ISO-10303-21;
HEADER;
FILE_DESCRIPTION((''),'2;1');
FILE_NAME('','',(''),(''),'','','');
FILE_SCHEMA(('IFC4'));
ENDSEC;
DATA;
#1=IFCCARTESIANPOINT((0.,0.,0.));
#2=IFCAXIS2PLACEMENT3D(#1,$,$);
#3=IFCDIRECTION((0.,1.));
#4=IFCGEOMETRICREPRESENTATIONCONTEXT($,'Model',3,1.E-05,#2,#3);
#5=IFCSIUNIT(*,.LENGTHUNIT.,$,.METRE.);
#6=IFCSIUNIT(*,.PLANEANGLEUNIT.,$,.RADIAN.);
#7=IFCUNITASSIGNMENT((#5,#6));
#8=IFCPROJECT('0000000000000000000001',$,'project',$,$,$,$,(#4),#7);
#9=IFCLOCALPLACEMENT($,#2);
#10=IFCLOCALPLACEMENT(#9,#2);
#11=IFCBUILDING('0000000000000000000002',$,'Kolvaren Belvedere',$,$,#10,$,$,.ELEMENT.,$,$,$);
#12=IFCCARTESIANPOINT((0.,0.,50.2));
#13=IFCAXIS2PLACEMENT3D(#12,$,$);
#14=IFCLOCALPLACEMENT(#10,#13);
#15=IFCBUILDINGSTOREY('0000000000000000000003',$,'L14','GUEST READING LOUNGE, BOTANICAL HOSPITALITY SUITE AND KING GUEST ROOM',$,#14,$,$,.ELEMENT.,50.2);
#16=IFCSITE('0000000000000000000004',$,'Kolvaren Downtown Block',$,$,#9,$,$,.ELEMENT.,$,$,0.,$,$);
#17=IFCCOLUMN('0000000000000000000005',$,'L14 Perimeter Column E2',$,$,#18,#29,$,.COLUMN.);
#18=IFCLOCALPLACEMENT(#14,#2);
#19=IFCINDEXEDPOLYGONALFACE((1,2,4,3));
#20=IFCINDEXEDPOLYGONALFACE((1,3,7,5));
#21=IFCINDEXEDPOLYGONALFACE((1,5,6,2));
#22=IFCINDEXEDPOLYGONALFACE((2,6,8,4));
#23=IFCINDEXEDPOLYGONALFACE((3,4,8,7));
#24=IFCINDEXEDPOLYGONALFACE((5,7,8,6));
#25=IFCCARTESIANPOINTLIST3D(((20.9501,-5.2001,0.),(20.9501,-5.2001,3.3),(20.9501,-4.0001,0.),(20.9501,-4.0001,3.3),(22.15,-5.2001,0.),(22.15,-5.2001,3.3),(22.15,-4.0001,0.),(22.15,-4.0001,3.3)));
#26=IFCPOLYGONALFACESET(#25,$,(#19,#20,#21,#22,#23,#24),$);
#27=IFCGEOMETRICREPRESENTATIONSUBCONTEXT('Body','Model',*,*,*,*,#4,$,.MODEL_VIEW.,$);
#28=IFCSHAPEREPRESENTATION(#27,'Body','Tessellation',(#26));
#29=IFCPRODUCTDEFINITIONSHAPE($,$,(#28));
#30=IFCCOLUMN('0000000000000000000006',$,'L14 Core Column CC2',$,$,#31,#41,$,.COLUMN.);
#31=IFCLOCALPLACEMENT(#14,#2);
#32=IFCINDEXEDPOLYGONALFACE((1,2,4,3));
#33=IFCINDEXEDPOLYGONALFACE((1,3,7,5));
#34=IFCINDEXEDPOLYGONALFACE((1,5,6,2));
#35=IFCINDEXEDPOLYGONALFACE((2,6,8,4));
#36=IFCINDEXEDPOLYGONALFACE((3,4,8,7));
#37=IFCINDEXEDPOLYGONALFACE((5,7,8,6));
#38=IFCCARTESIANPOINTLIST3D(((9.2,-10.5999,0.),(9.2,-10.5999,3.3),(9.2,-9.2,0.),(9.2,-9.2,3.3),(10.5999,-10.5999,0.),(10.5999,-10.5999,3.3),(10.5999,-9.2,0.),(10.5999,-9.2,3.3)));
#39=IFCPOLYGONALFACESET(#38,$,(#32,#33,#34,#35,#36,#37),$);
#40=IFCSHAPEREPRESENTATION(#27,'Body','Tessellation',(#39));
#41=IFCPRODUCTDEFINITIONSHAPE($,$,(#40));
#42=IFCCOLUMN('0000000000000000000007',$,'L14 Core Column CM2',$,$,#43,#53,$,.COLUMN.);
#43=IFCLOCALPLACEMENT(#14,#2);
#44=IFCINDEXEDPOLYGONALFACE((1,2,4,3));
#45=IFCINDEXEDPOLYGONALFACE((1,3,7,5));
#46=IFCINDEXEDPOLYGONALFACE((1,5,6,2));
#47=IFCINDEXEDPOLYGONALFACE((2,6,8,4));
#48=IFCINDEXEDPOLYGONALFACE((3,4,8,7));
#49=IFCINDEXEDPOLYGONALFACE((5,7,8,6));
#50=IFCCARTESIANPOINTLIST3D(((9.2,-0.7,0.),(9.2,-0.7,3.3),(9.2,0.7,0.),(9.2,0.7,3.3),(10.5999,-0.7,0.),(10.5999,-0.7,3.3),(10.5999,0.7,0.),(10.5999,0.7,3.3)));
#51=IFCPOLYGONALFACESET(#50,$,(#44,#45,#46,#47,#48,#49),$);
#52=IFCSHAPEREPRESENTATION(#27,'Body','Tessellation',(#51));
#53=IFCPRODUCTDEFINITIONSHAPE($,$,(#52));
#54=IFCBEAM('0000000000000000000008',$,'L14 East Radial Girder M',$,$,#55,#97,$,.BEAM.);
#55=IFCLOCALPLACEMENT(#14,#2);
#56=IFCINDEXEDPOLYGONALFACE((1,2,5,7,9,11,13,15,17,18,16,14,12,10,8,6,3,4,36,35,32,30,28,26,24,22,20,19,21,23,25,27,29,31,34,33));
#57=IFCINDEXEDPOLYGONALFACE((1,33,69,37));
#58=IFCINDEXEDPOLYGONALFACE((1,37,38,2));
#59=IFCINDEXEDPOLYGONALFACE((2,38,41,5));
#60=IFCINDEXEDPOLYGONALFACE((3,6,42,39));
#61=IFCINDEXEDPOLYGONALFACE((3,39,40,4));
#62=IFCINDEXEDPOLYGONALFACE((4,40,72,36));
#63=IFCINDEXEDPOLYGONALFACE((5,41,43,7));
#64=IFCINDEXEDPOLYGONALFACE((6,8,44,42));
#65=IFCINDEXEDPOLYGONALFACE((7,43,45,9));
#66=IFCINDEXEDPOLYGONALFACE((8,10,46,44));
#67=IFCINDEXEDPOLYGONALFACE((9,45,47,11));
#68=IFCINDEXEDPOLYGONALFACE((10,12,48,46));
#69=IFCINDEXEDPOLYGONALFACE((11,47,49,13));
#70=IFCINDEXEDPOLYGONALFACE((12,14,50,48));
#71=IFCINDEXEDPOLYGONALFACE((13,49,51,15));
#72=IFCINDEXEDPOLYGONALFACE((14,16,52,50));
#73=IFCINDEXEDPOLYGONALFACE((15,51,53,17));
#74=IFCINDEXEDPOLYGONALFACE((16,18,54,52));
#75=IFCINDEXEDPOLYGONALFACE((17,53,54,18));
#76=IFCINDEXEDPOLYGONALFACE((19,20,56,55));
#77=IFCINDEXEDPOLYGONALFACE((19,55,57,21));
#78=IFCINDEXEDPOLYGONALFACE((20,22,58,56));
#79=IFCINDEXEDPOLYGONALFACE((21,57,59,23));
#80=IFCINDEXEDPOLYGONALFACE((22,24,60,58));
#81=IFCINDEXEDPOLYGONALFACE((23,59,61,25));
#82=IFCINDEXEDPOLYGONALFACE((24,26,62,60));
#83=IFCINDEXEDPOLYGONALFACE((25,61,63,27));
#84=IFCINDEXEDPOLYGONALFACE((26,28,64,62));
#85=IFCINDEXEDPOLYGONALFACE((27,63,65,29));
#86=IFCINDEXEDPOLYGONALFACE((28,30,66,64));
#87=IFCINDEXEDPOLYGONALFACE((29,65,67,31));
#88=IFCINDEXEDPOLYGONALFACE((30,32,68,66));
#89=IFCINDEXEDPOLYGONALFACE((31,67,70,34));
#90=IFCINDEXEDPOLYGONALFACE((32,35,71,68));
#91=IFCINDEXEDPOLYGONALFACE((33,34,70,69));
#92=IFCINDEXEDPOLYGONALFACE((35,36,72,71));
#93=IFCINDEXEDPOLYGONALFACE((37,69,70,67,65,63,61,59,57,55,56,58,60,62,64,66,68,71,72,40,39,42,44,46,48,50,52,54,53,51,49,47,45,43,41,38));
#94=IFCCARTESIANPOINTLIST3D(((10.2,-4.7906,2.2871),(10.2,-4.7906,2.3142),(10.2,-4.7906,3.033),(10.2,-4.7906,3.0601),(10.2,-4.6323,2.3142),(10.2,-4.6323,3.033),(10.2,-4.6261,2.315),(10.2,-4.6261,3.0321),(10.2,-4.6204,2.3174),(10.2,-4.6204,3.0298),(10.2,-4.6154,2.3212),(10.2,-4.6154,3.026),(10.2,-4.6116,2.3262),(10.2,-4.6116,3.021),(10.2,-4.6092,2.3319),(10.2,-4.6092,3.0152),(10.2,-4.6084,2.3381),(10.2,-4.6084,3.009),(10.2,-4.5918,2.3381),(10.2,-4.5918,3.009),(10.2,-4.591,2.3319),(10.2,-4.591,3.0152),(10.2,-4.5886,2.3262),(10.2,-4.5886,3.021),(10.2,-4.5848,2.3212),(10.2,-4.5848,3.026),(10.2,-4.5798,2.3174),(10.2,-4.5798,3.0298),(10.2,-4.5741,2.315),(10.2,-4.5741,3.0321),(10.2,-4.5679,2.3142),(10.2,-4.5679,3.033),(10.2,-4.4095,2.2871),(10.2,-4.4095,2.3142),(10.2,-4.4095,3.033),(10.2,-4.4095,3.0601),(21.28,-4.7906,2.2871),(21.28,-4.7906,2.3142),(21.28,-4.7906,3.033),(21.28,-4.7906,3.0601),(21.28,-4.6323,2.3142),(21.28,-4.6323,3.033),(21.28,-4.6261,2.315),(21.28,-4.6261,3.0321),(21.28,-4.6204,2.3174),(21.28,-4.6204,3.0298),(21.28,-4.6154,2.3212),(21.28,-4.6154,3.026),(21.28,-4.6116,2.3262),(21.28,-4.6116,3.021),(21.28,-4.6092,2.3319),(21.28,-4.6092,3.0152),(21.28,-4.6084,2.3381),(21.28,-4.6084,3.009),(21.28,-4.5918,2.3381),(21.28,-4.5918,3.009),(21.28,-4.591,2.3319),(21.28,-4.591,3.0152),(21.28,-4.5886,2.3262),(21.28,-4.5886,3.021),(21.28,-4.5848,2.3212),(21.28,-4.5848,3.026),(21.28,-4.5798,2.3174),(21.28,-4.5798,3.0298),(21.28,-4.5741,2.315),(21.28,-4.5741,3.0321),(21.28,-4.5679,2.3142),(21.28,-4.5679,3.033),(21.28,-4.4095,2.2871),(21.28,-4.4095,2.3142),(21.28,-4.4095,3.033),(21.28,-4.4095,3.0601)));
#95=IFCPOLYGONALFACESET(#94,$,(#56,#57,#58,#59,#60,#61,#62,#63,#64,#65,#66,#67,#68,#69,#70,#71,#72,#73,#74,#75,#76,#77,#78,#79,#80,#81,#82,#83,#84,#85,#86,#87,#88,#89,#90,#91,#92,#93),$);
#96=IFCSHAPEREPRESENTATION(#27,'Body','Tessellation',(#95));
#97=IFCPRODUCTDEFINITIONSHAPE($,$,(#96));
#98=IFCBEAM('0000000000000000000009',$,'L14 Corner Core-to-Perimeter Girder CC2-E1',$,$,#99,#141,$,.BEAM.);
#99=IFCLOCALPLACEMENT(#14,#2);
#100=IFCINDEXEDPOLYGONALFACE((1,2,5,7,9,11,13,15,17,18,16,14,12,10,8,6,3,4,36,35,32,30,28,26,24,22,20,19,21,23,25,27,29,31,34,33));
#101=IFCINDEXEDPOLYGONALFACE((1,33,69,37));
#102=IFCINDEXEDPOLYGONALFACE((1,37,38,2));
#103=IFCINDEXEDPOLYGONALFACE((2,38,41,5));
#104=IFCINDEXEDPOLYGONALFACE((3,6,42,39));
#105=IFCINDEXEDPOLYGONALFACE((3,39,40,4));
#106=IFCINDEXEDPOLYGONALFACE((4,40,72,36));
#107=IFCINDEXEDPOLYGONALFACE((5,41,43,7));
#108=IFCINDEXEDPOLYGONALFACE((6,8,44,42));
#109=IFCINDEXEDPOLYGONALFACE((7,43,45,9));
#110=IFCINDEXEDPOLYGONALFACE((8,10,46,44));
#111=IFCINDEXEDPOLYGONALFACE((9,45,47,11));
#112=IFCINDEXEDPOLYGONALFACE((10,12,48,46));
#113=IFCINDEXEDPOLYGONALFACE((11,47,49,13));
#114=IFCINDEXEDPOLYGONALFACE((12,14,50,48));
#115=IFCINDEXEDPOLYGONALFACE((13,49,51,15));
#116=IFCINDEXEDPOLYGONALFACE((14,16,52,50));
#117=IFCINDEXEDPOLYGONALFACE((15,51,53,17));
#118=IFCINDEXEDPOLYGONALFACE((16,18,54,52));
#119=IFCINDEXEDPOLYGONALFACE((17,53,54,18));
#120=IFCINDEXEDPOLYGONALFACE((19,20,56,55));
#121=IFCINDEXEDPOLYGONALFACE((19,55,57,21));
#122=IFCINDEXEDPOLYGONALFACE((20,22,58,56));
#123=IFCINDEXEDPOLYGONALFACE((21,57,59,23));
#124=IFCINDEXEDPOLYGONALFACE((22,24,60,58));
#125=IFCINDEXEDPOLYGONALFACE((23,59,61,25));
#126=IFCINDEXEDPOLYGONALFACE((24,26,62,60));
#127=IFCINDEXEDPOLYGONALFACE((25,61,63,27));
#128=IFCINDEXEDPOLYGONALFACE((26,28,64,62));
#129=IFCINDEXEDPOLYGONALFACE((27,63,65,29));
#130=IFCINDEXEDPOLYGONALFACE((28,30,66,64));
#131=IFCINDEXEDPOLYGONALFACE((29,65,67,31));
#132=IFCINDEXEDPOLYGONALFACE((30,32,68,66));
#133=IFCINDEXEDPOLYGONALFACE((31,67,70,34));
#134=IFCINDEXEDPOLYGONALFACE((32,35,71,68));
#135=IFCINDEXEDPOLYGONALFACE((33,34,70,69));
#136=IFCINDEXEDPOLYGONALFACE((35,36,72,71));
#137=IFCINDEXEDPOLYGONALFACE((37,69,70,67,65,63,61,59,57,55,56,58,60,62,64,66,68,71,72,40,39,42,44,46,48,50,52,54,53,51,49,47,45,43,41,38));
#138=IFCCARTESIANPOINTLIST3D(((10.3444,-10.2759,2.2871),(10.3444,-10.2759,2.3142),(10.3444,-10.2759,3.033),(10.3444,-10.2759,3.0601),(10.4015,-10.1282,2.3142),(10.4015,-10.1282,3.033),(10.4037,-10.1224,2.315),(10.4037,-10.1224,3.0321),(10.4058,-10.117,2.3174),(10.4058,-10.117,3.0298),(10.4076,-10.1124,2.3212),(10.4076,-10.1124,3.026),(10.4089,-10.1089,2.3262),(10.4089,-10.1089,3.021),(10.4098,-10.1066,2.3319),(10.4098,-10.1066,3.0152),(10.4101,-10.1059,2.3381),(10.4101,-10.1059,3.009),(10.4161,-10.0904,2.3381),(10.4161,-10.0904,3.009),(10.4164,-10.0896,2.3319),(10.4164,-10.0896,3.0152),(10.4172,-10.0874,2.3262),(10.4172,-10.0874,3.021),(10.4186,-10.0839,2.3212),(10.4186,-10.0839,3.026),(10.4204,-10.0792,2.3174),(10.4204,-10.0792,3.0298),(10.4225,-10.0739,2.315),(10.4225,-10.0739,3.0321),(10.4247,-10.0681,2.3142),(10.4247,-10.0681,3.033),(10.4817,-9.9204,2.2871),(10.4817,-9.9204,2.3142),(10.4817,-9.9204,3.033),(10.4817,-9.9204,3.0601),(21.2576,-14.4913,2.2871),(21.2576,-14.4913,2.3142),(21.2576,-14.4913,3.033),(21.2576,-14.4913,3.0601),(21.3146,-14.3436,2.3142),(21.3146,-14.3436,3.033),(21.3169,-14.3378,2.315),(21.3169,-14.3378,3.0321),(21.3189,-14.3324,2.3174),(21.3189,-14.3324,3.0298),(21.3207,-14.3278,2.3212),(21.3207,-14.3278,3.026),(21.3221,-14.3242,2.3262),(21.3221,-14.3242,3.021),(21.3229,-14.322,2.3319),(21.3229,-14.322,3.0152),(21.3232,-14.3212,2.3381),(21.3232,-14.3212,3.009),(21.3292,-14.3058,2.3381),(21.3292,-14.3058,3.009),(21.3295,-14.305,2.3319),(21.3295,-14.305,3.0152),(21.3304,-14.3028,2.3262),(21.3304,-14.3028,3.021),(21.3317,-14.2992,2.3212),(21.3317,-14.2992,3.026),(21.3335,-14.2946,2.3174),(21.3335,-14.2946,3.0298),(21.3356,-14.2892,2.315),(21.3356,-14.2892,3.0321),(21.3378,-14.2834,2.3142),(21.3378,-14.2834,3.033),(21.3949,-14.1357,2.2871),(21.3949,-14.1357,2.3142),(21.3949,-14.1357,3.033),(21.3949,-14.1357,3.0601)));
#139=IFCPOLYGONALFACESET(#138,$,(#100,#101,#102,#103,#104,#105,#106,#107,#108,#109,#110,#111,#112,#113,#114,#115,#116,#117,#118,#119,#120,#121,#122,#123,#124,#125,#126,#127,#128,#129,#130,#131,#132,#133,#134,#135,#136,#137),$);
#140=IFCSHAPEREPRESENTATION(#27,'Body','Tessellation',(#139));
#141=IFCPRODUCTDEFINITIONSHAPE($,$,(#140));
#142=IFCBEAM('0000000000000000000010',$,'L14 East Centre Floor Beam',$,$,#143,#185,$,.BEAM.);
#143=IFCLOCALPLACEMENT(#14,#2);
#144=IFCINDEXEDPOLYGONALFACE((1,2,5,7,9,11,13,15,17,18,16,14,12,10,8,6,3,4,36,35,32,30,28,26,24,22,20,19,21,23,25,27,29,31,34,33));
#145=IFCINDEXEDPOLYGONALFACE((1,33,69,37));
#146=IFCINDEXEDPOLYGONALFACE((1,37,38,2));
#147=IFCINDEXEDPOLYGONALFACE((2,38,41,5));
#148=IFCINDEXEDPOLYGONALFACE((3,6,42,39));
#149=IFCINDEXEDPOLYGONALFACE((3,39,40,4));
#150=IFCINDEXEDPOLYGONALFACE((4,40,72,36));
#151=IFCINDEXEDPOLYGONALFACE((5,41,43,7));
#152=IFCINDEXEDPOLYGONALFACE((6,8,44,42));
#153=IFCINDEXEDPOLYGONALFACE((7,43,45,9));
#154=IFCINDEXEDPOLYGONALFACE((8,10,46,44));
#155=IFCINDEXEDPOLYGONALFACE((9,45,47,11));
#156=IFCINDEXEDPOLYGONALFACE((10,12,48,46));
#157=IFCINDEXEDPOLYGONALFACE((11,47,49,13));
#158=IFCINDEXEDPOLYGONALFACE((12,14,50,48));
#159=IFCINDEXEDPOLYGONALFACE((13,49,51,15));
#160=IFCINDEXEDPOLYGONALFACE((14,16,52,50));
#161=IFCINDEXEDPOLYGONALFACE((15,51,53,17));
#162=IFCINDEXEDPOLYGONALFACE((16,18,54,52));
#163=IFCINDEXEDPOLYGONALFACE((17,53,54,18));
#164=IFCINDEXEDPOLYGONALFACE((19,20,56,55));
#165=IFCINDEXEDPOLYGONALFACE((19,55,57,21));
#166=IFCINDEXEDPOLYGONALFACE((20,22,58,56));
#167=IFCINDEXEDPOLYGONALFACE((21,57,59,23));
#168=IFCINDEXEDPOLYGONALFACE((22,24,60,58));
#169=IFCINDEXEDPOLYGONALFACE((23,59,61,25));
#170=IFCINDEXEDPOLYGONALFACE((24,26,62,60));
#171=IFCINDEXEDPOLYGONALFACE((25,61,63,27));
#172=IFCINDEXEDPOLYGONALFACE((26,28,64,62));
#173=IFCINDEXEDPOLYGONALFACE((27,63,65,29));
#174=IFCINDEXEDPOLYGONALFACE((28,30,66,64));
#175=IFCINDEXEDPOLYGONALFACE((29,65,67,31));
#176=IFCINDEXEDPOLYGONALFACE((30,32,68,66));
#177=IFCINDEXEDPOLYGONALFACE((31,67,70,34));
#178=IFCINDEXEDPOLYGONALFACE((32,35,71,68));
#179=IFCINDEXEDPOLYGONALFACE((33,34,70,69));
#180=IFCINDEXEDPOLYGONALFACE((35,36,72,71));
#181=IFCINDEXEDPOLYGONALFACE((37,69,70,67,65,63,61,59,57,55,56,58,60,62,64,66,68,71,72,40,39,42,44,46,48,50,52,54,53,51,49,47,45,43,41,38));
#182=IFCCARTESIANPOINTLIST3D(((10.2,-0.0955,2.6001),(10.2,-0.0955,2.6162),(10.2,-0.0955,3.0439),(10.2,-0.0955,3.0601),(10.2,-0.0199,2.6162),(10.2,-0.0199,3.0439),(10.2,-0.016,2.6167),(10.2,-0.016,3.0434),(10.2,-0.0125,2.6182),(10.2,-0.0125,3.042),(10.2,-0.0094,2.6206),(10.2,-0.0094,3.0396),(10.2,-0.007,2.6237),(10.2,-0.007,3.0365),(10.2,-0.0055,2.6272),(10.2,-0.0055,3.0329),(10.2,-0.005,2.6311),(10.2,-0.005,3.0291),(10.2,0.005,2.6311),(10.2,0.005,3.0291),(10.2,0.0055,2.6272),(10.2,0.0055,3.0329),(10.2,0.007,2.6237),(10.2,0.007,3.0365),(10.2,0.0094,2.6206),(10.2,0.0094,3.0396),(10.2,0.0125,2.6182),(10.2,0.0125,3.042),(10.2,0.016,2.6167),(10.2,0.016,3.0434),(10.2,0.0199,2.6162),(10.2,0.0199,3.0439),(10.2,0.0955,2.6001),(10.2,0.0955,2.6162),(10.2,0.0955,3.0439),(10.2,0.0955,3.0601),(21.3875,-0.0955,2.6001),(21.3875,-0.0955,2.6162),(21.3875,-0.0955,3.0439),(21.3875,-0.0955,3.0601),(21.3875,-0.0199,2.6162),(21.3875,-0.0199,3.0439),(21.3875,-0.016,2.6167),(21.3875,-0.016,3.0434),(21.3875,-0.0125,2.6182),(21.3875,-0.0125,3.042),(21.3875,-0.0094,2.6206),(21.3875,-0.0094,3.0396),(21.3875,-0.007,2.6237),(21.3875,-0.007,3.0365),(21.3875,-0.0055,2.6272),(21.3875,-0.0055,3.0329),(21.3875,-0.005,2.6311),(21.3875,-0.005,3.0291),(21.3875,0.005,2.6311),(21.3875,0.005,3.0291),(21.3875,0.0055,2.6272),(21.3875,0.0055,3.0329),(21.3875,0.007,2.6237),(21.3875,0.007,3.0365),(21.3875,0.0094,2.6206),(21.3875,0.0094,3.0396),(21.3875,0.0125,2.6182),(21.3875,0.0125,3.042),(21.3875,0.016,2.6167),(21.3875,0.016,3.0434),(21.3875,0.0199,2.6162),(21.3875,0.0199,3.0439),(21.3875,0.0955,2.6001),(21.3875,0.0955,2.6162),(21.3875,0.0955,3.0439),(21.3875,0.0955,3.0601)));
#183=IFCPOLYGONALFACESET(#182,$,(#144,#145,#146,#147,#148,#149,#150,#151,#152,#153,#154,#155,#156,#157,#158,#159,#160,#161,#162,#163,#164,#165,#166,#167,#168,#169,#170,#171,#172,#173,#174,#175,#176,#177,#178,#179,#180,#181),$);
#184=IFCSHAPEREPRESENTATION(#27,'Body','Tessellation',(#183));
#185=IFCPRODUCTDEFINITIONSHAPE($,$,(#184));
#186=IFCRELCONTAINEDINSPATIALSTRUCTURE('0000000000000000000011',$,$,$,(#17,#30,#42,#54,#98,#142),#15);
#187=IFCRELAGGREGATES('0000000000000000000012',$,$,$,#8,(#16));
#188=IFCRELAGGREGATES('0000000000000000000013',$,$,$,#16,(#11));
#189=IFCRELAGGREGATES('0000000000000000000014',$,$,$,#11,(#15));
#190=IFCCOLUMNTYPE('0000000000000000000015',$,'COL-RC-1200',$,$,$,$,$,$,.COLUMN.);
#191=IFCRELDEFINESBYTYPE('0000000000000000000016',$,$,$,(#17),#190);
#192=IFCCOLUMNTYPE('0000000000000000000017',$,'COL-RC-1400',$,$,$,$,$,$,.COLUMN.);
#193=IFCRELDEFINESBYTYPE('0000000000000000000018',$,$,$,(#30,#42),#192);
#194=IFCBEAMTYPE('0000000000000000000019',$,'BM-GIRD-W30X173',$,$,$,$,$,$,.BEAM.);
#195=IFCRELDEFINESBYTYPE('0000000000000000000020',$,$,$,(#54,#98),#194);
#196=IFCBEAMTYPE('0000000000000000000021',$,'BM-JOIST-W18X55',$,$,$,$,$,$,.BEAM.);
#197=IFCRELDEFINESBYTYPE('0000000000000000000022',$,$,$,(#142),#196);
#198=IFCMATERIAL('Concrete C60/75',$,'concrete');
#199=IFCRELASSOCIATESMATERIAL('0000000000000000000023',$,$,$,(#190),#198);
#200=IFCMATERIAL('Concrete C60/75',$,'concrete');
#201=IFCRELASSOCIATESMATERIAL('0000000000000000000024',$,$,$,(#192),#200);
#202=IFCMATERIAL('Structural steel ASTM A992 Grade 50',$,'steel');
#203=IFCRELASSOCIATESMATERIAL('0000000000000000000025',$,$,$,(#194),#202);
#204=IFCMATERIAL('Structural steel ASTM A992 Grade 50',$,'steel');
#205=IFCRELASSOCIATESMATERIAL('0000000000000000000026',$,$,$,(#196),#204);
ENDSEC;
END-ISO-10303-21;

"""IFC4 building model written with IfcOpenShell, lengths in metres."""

from ifc_helpers import new_model, si_unit, direction, frame, origin, origin_2d, place, context, subcontext, project, spatial, rectangle, i_section, extrude, material, material_profile, profile_set, type_object, element, save


model = new_model("IFC4")

# Units and contexts
model_context = context("Model", 3, precision=1e-05, world=origin(), true_north=direction((0.0, 1.0)))
body_context = subcontext(model_context, "Body", "Model", "MODEL_VIEW")
ifc_project = project(units=[si_unit("LENGTHUNIT", "METRE"), si_unit("PLANEANGLEUNIT", "RADIAN")], contexts=[model_context])

# Site, building, storey
site_placement = place(None, origin())
site = spatial("IfcSite", under=ifc_project, at=site_placement, Name="Kolvaren Downtown Block", CompositionType="ELEMENT", RefElevation=0.0)
building_placement = place(site_placement, origin())
building = spatial("IfcBuilding", under=site, at=building_placement, Name="Kolvaren Belvedere", CompositionType="ELEMENT")
storey_placement = place(building_placement, frame((0.0, 0.0, 50.2)))
storey = spatial("IfcBuildingStorey", under=building, at=storey_placement, Name="L14", Description="GUEST READING LOUNGE, BOTANICAL HOSPITALITY SUITE AND KING GUEST ROOM", CompositionType="ELEMENT", Elevation=50.2)

# Columns
ifc_material_1 = material(Name="Concrete C60/75", Category="concrete")
ifc_material_profile_1 = material_profile(ifc_material_1, rectangle(XDim=1.2, YDim=1.2, at=origin_2d()), Name="RC 1200X1200")
ifc_profile_set_1 = profile_set([ifc_material_profile_1], Name="Concrete C60/75")
column_type_1 = type_object("IfcColumnType", Name="COL-RC-1200", PredefinedType="COLUMN", material=ifc_profile_set_1)
column_placement = place(storey_placement, frame((21.55, -4.6001, 0.0), z_axis=(0.0, 0.0, 1.0), x_axis=(1.0, 0.0, 0.0)))
element("IfcColumn", 1, at=column_placement, inside=storey, type_object=column_type_1, Name="L14 Perimeter Column E2", PredefinedType="COLUMN", context=body_context, shape_type="SweptSolid", body=[
    extrude(rectangle(XDim=1.2, YDim=1.2, at=origin_2d()), origin(), (0.0, 0.0, 1.0), 3.3),
])
ifc_material_2 = material(Name="Concrete C60/75", Category="concrete")
ifc_material_profile_2 = material_profile(ifc_material_2, rectangle(XDim=1.3999, YDim=1.3999, at=origin_2d()), Name="RC 1400X1400")
ifc_profile_set_2 = profile_set([ifc_material_profile_2], Name="Concrete C60/75")
column_type_2 = type_object("IfcColumnType", Name="COL-RC-1400", PredefinedType="COLUMN", material=ifc_profile_set_2)
for number, where, z_axis, x_axis, name in (
    (2, (9.8999, -9.8999, 0.0), (0.0, 0.0, 1.0), (1.0, 0.0, 0.0), "L14 Core Column CC2"),
    (3, (9.8999, 0.0, 0.0), (0.0, 0.0, 1.0), (1.0, 0.0, 0.0), "L14 Core Column CM2"),
):
    element("IfcColumn", number, at=place(storey_placement, frame(where, z_axis=z_axis, x_axis=x_axis)), inside=storey, type_object=column_type_2, Name=name, PredefinedType="COLUMN", context=body_context, shape_type="SweptSolid", body=[
        extrude(rectangle(XDim=1.3999, YDim=1.3999, at=origin_2d()), origin(), (0.0, 0.0, 1.0), 3.3),
    ])

# Beams
ifc_material_3 = material(Name="Structural steel ASTM A992 Grade 50", Category="steel")
ifc_material_profile_3 = material_profile(ifc_material_3, i_section(OverallWidth=0.3811, OverallDepth=0.7729, WebThickness=0.0166, FlangeThickness=0.0271, FilletRadius=0.0239, at=origin_2d()), Name="W30X173")
ifc_profile_set_3 = profile_set([ifc_material_profile_3], Name="Structural steel ASTM A992 Grade 50")
beam_type_1 = type_object("IfcBeamType", Name="BM-GIRD-W30X173", PredefinedType="BEAM", material=ifc_profile_set_3)
beam_1_placement = place(storey_placement, frame((10.2, -4.6001, 2.6736), z_axis=(1.0, 0.0, 0.0), x_axis=(0.0, 1.0, 0.0)))
element("IfcBeam", 4, at=beam_1_placement, inside=storey, type_object=beam_type_1, Name="L14 East Radial Girder M", PredefinedType="BEAM", context=body_context, shape_type="SweptSolid", body=[
    extrude(i_section(OverallWidth=0.3811, OverallDepth=0.7729, WebThickness=0.0166, FlangeThickness=0.0271, FilletRadius=0.0239, at=origin_2d()), origin(), (0.0, 0.0, 1.0), 11.0801),
])
beam_2_placement = place(storey_placement, frame((10.4131, -10.0981, 2.6736), z_axis=(0.932829, -0.360318, 0.0), x_axis=(0.360318, 0.932829, 0.0)))
element("IfcBeam", 5, at=beam_2_placement, inside=storey, type_object=beam_type_1, Name="L14 Corner Core-to-Perimeter Girder CC2-E1", PredefinedType="BEAM", context=body_context, shape_type="SweptSolid", body=[
    extrude(i_section(OverallWidth=0.3811, OverallDepth=0.7729, WebThickness=0.0166, FlangeThickness=0.0271, FilletRadius=0.0239, at=origin_2d()), origin(), (0.0, 0.0, 1.0), 11.699),
])
ifc_material_4 = material(Name="Structural steel ASTM A992 Grade 50", Category="steel")
ifc_material_profile_4 = material_profile(ifc_material_4, i_section(OverallWidth=0.1909, OverallDepth=0.46, WebThickness=0.01, FlangeThickness=0.0161, FilletRadius=0.0149, at=origin_2d()), Name="W18X55")
ifc_profile_set_4 = profile_set([ifc_material_profile_4], Name="Structural steel ASTM A992 Grade 50")
beam_type_2 = type_object("IfcBeamType", Name="BM-JOIST-W18X55", PredefinedType="BEAM", material=ifc_profile_set_4)
beam_3_placement = place(storey_placement, frame((10.2, 0.0, 2.8301), z_axis=(1.0, 0.0, 0.0), x_axis=(0.0, 1.0, 0.0)))
element("IfcBeam", 6, at=beam_3_placement, inside=storey, type_object=beam_type_2, Name="L14 East Centre Floor Beam", PredefinedType="BEAM", context=body_context, shape_type="SweptSolid", body=[
    extrude(i_section(OverallWidth=0.1909, OverallDepth=0.46, WebThickness=0.01, FlangeThickness=0.0161, FilletRadius=0.0149, at=origin_2d()), origin(), (0.0, 0.0, 1.0), 11.1875),
])

save(model, "model.ifc")
